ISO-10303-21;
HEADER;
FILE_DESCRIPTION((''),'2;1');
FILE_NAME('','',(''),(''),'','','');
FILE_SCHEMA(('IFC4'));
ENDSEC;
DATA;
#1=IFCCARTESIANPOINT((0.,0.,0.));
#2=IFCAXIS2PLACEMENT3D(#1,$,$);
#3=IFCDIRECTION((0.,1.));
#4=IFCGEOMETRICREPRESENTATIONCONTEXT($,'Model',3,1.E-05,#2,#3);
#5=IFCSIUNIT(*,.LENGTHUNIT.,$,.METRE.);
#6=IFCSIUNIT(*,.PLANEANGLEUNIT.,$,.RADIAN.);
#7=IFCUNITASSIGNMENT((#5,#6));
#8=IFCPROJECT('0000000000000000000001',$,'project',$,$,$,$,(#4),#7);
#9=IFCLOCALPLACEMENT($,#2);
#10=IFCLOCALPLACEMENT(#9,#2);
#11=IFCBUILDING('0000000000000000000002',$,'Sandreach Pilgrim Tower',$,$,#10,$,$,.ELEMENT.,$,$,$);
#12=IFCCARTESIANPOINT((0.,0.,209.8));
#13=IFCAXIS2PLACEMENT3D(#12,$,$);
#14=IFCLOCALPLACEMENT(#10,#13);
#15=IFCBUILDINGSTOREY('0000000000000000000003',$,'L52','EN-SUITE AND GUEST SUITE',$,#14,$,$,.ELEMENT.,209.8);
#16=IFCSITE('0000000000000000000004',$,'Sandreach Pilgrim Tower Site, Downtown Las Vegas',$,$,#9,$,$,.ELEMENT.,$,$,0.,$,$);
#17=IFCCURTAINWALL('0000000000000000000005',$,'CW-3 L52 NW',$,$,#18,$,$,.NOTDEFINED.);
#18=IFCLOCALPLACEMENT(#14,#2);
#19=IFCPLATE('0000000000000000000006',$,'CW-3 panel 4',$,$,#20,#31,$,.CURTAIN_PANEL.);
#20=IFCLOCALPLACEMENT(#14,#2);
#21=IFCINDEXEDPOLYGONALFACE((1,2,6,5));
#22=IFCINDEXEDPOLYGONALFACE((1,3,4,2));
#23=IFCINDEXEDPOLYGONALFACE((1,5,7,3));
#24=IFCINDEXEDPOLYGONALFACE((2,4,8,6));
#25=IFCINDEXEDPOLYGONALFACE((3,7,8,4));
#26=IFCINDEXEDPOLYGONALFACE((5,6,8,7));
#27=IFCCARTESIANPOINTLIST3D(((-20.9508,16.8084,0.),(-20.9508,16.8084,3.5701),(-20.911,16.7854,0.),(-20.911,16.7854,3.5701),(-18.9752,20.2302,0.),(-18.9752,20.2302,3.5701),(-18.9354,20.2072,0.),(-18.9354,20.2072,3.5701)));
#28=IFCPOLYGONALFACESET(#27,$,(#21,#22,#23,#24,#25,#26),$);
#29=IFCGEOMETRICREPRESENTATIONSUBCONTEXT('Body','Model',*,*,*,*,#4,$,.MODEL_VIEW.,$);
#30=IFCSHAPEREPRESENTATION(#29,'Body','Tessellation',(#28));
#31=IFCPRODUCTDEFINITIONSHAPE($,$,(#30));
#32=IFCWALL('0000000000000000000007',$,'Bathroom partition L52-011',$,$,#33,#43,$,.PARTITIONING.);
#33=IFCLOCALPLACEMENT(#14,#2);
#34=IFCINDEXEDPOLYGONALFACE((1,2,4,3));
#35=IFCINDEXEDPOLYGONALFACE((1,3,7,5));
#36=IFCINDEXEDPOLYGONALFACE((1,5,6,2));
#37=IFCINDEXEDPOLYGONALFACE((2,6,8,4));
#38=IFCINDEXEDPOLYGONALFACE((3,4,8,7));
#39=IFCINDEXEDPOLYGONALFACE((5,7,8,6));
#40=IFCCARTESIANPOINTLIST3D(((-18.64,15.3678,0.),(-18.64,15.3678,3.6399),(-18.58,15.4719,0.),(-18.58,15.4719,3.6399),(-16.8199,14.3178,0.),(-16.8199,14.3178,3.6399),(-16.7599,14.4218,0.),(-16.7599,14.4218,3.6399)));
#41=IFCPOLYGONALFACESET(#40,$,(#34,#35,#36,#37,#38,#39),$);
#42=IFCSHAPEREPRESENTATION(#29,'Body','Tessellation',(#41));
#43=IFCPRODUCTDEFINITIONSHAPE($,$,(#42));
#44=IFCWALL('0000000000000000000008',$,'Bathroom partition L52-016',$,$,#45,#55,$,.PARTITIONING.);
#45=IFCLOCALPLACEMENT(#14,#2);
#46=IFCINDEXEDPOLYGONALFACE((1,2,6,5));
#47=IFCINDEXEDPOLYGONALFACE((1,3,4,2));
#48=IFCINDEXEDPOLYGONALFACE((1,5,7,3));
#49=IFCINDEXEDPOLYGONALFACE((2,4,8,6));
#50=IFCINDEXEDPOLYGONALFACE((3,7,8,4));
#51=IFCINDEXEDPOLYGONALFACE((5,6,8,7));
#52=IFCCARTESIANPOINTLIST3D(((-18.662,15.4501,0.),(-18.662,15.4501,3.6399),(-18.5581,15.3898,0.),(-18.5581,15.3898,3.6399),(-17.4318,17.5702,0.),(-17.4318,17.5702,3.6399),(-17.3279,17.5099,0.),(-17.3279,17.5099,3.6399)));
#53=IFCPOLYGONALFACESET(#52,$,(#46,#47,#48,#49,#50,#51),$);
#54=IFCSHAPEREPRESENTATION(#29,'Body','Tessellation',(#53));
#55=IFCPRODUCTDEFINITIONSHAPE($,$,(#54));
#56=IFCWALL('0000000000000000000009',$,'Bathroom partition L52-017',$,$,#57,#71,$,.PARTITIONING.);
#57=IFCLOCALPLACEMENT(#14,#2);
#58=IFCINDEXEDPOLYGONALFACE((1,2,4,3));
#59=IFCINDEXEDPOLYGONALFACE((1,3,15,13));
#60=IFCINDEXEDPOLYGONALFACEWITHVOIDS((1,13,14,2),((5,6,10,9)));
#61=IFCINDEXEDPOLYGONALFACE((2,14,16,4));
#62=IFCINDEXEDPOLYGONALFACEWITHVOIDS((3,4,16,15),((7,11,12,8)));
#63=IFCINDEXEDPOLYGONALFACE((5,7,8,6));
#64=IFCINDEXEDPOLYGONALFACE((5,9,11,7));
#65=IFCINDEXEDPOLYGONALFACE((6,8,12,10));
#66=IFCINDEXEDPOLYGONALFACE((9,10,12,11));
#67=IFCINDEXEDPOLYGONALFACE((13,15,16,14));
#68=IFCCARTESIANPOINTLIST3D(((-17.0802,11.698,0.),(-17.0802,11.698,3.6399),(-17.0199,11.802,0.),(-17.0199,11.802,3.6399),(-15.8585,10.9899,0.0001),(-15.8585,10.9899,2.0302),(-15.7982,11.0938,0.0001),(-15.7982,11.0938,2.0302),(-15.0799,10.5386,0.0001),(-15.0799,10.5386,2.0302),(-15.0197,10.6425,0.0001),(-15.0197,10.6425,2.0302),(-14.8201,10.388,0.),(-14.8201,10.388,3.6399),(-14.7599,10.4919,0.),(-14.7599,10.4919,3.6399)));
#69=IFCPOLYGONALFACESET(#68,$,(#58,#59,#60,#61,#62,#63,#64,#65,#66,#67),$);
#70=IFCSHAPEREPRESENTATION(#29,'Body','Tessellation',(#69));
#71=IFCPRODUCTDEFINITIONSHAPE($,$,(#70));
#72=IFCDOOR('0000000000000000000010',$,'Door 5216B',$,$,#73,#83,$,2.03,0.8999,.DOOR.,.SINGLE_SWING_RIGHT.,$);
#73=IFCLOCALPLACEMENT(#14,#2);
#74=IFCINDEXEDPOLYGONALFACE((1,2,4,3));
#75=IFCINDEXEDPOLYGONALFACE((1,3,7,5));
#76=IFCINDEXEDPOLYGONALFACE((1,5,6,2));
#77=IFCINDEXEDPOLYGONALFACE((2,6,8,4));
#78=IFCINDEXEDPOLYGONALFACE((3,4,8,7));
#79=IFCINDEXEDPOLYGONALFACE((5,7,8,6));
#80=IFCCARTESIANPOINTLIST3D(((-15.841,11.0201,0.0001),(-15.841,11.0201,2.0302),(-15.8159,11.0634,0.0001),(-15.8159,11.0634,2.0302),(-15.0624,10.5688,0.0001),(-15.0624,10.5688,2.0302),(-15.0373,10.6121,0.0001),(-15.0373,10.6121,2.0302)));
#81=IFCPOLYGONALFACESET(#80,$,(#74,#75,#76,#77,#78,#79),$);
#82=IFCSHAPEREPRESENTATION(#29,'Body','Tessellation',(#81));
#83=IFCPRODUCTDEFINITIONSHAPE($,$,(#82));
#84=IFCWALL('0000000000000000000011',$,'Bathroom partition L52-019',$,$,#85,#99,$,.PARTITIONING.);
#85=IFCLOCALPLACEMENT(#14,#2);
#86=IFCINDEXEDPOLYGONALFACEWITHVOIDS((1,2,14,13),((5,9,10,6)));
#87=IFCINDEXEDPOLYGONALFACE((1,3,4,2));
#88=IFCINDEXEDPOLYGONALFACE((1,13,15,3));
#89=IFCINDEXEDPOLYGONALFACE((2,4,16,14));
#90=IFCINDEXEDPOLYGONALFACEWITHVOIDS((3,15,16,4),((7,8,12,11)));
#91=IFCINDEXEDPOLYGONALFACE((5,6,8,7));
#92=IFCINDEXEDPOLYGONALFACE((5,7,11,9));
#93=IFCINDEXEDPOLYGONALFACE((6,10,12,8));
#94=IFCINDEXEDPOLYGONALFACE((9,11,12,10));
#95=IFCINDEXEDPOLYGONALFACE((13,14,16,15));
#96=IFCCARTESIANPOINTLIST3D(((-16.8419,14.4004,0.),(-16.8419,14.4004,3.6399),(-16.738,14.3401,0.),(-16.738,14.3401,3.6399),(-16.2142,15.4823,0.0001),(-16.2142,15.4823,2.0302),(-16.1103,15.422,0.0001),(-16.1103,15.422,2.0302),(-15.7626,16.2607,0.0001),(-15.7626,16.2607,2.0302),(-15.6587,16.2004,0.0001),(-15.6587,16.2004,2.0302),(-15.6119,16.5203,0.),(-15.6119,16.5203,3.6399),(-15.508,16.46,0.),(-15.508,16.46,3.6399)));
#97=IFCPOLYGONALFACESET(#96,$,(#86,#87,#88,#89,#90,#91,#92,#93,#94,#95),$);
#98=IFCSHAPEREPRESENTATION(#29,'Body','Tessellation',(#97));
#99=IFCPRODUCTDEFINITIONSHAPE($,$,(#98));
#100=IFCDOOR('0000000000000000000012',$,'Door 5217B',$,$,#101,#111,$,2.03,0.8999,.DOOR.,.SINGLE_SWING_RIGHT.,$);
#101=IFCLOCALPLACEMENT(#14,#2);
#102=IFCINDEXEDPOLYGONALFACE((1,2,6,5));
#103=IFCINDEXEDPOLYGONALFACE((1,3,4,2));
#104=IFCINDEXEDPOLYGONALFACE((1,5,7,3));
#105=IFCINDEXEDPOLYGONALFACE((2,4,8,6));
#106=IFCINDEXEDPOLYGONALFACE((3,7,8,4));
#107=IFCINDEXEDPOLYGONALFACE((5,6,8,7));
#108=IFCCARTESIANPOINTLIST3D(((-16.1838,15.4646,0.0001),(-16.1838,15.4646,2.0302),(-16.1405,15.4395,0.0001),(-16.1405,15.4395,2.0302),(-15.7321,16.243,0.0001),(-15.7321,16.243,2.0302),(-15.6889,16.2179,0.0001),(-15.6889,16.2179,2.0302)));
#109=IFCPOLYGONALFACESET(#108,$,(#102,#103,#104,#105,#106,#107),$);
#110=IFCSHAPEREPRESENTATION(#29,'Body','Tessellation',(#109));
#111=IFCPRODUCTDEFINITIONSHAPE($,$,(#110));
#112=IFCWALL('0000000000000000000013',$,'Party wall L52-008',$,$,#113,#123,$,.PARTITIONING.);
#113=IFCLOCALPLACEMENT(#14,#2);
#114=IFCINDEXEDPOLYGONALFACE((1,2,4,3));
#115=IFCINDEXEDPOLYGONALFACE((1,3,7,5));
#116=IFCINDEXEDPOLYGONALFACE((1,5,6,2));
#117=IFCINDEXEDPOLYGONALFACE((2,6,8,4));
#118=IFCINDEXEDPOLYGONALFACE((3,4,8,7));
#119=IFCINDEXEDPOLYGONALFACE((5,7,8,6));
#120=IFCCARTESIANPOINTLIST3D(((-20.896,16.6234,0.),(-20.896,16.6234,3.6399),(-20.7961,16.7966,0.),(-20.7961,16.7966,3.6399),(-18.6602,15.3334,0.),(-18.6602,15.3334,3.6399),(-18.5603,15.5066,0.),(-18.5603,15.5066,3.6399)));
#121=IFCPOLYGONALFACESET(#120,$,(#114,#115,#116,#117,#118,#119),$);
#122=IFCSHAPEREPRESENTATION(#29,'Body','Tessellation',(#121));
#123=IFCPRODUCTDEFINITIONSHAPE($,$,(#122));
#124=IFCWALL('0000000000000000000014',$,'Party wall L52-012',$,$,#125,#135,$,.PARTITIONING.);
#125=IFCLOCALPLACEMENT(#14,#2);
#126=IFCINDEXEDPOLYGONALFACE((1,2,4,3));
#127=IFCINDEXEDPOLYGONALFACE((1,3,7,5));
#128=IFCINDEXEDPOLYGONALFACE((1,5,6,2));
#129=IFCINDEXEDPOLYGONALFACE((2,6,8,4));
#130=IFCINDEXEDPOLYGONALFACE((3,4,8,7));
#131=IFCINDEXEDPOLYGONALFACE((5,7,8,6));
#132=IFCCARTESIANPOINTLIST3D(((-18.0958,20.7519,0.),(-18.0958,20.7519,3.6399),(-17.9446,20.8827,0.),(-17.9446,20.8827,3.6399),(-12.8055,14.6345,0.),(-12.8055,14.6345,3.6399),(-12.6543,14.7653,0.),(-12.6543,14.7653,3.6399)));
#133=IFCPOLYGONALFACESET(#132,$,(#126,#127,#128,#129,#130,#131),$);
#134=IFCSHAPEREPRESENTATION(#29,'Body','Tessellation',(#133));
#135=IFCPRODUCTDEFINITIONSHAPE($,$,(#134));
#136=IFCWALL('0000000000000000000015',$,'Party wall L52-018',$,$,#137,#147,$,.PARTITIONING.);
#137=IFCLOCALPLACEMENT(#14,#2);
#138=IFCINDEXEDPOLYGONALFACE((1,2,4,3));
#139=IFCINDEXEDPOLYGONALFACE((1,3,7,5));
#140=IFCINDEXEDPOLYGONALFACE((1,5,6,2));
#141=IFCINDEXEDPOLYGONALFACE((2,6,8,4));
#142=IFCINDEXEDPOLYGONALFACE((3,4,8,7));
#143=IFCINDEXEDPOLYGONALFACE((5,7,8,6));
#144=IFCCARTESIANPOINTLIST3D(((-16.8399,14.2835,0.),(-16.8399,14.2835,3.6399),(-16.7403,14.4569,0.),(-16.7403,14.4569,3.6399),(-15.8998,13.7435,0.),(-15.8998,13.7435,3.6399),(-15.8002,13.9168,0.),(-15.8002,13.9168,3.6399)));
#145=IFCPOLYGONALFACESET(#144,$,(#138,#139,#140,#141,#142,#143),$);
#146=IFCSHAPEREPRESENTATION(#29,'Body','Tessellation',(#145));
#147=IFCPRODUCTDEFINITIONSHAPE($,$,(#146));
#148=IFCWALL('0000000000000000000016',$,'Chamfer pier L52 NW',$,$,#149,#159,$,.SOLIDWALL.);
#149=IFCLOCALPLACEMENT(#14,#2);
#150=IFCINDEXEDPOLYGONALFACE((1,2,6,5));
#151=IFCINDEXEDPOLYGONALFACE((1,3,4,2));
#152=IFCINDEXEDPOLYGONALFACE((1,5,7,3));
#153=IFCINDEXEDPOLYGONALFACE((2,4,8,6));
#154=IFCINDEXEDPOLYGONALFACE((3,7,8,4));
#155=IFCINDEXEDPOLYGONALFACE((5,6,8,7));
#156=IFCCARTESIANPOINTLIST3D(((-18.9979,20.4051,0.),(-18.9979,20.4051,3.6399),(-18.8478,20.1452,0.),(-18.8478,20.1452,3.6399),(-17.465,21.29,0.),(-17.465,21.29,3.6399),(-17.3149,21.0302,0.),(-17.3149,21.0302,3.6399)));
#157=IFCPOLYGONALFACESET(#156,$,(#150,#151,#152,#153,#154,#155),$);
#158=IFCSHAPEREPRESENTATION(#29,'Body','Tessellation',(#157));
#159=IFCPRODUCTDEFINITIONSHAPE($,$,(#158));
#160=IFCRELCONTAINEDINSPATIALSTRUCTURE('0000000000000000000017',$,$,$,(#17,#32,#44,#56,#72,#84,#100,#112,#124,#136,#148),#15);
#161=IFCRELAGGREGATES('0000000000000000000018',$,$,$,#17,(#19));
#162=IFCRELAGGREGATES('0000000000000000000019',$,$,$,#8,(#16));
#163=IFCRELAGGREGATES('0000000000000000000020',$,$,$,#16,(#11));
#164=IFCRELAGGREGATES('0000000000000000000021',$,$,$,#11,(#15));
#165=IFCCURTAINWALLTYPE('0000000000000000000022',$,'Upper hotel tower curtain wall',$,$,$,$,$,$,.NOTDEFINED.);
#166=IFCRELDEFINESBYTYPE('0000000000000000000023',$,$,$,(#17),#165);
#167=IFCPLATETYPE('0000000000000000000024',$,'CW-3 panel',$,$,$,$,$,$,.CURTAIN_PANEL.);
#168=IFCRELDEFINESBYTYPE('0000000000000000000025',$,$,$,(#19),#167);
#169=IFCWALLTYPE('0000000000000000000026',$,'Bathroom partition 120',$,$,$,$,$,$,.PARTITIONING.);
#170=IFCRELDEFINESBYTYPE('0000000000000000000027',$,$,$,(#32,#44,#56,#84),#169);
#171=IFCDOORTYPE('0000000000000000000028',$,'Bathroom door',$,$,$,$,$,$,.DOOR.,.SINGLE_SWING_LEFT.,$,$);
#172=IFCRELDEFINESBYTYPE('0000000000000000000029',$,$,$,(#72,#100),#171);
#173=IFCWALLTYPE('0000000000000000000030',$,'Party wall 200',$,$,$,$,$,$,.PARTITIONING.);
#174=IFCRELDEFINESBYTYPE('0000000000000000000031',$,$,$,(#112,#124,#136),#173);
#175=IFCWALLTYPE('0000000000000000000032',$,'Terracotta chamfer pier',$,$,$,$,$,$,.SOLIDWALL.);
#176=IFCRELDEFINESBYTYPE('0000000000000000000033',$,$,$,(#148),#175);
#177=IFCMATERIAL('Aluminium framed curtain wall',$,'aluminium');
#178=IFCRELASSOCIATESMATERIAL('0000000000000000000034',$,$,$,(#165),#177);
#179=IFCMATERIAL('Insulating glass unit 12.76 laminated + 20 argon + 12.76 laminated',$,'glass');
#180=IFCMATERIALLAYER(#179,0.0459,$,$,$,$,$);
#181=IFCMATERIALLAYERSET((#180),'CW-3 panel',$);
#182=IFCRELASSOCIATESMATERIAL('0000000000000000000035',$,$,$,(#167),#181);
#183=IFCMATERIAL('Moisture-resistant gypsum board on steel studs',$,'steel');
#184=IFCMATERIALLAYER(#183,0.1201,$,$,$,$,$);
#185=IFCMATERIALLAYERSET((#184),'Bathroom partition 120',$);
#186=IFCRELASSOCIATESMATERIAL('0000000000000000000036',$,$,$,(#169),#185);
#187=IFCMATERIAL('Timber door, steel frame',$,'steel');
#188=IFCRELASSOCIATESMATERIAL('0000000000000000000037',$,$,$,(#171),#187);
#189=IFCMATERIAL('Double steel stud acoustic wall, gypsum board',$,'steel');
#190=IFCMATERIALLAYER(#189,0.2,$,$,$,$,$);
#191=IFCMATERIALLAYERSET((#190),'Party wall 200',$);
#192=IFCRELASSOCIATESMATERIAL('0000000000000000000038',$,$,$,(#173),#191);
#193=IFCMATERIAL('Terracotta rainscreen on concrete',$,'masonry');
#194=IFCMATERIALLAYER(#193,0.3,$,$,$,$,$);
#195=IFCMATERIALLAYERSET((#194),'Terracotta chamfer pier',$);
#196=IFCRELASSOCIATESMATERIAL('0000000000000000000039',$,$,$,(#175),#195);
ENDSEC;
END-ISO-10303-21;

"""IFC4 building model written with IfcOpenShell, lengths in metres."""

from ifc_helpers import new_model, si_unit, direction, frame, frame_2d, origin, origin_2d, place, context, subcontext, project, spatial, rectangle, extrude, material, layer, layer_set, type_object, element, fill, aggregate, save


model = new_model("IFC4")

# Units and contexts
model_context = context("Model", 3, precision=1e-05, world=origin(), true_north=direction((0.0, 1.0)))
body_context = subcontext(model_context, "Body", "Model", "MODEL_VIEW")
ifc_project = project(units=[si_unit("LENGTHUNIT", "METRE"), si_unit("PLANEANGLEUNIT", "RADIAN")], contexts=[model_context])

# Site, building, storey
site_placement = place(None, origin())
site = spatial("IfcSite", under=ifc_project, at=site_placement, Name="Sandreach Pilgrim Tower Site, Downtown Las Vegas", CompositionType="ELEMENT", RefElevation=0.0)
building_placement = place(site_placement, origin())
building = spatial("IfcBuilding", under=site, at=building_placement, Name="Sandreach Pilgrim Tower", CompositionType="ELEMENT")
storey_placement = place(building_placement, frame((0.0, 0.0, 209.8)))
storey = spatial("IfcBuildingStorey", under=building, at=storey_placement, Name="L52", Description="EN-SUITE AND GUEST SUITE", CompositionType="ELEMENT", Elevation=209.8)

# Shared definitions
ifc_material_1 = material(Name="Aluminium framed curtain wall", Category="aluminium")
curtain_wall_type = type_object("IfcCurtainWallType", Name="Upper hotel tower curtain wall", PredefinedType="NOTDEFINED", material=ifc_material_1)

# Curtain wall
curtain_wall_1_placement = place(storey_placement, origin())
curtain_wall_1 = element("IfcCurtainWall", 1, at=curtain_wall_1_placement, inside=storey, type_object=curtain_wall_type, Name="CW-3 L52 NW", PredefinedType="NOTDEFINED")

# Plate
ifc_material_2 = material(Name="Insulating glass unit 12.76 laminated + 20 argon + 12.76 laminated", Category="glass")
ifc_layer_1 = layer(ifc_material_2, 0.0459)
ifc_layer_set_1 = layer_set([ifc_layer_1], Name="CW-3 panel")
plate_type = type_object("IfcPlateType", Name="CW-3 panel", PredefinedType="CURTAIN_PANEL", material=ifc_layer_set_1)
plate_1_placement = place(storey_placement, frame((-19.9431, 18.5078, 0.0), z_axis=(0.0, 0.0, 1.0), x_axis=(0.5, 0.866025, 0.0)))
plate_1 = element("IfcPlate", 2, at=plate_1_placement, type_object=plate_type, Name="CW-3 panel 4", PredefinedType="CURTAIN_PANEL", context=body_context, shape_type="SweptSolid", body=[
    extrude(rectangle(XDim=3.9512, YDim=0.0459, at=origin_2d()), origin(), (0.0, 0.0, 1.0), 3.5701),
])
aggregate(curtain_wall_1, [plate_1])

# Walls
ifc_material_3 = material(Name="Moisture-resistant gypsum board on steel studs", Category="steel")
ifc_layer_2 = layer(ifc_material_3, 0.1201)
ifc_layer_set_2 = layer_set([ifc_layer_2], Name="Bathroom partition 120")
wall_type_1 = type_object("IfcWallType", Name="Bathroom partition 120", PredefinedType="PARTITIONING", material=ifc_layer_set_2)
wall_1_placement = place(storey_placement, frame((-18.6101, 15.4199, 0.0), z_axis=(0.0, 0.0, 1.0), x_axis=(0.866184, -0.499726, 0.0)))
element("IfcWall", 3, at=wall_1_placement, inside=storey, type_object=wall_type_1, Name="Bathroom partition L52-011", PredefinedType="PARTITIONING", context=body_context, shape_type="SweptSolid", body=[
    extrude(rectangle(XDim=2.1013, YDim=0.1201, at=frame_2d((1.0508, 0.0))), origin(), (0.0, 0.0, 1.0), 3.6399),
])
wall_2_placement = place(storey_placement, frame((-17.3799, 17.54, 0.0), z_axis=(0.0, 0.0, 1.0), x_axis=(-0.501888, -0.864933, 0.0)))
element("IfcWall", 4, at=wall_2_placement, inside=storey, type_object=wall_type_1, Name="Bathroom partition L52-016", PredefinedType="PARTITIONING", context=body_context, shape_type="SweptSolid", body=[
    extrude(rectangle(XDim=2.4512, YDim=0.1201, at=frame_2d((1.2256, 0.0))), origin(), (0.0, 0.0, 1.0), 3.6399),
])

# Walls, openings, doors
wall_3_placement = place(storey_placement, frame((-17.05, 11.75, 0.0), z_axis=(0.0, 0.0, 1.0), x_axis=(0.865155, -0.501504, 0.0)))
wall_3 = element("IfcWall", 5, at=wall_3_placement, inside=storey, type_object=wall_type_1, Name="Bathroom partition L52-017", PredefinedType="PARTITIONING", context=body_context, shape_type="SweptSolid", body=[
    extrude(rectangle(XDim=2.6123, YDim=0.1201, at=frame_2d((1.3062, 0.0))), origin(), (0.0, 0.0, 1.0), 3.6399),
])
opening_1_placement = place(wall_3_placement, frame((1.4121, 0.0, 0.0)))
opening_1 = element("IfcOpeningElement", 6, at=opening_1_placement, cuts=wall_3, PredefinedType="OPENING", context=body_context, shape_type="SweptSolid", body=[
    extrude(rectangle(XDim=0.8999, YDim=2.03, at=frame_2d((0.45, 1.0151))), frame((0.0, 0.0601, 0.0), z_axis=(0.0, -1.0, 0.0), x_axis=(1.0, 0.0, 0.0)), (0.0, 0.0, 1.0), 0.1201),
])
ifc_material_4 = material(Name="Timber door, steel frame", Category="steel")
door_type = type_object("IfcDoorType", Name="Bathroom door", OperationType="SINGLE_SWING_LEFT", PredefinedType="DOOR", material=ifc_material_4)
door_1_placement = place(opening_1_placement, origin())
door_1 = element("IfcDoor", 7, at=door_1_placement, inside=storey, type_object=door_type, Name="Door 5216B", OperationType="SINGLE_SWING_RIGHT", OverallHeight=2.03, OverallWidth=0.8999, PredefinedType="DOOR", context=body_context, shape_type="SweptSolid", body=[
    extrude(rectangle(XDim=0.8999, YDim=2.03, at=frame_2d((0.45, 1.0151))), frame((0.0, 0.0249, 0.0), z_axis=(0.0, -1.0, 0.0), x_axis=(1.0, 0.0, 0.0)), (0.0, 0.0, 1.0), 0.05),
])
fill(opening_1, door_1)
wall_4_placement = place(storey_placement, frame((-16.79, 14.3701, 0.0), z_axis=(0.0, 0.0, 1.0), x_axis=(0.501857, 0.864951, 0.0)))
wall_4 = element("IfcWall", 8, at=wall_4_placement, inside=storey, type_object=wall_type_1, Name="Bathroom partition L52-019", PredefinedType="PARTITIONING", context=body_context, shape_type="SweptSolid", body=[
    extrude(rectangle(XDim=2.4509, YDim=0.1201, at=frame_2d((1.2256, 0.0))), origin(), (0.0, 0.0, 1.0), 3.6399),
])
opening_2_placement = place(wall_4_placement, frame((1.251, 0.0, 0.0)))
opening_2 = element("IfcOpeningElement", 9, at=opening_2_placement, cuts=wall_4, PredefinedType="OPENING", context=body_context, shape_type="SweptSolid", body=[
    extrude(rectangle(XDim=0.8999, YDim=2.03, at=frame_2d((0.45, 1.0151))), frame((0.0, 0.0601, 0.0), z_axis=(0.0, -1.0, 0.0), x_axis=(1.0, 0.0, 0.0)), (0.0, 0.0, 1.0), 0.1201),
])
door_2_placement = place(opening_2_placement, origin())
door_2 = element("IfcDoor", 10, at=door_2_placement, inside=storey, type_object=door_type, Name="Door 5217B", OperationType="SINGLE_SWING_RIGHT", OverallHeight=2.03, OverallWidth=0.8999, PredefinedType="DOOR", context=body_context, shape_type="SweptSolid", body=[
    extrude(rectangle(XDim=0.8999, YDim=2.03, at=frame_2d((0.45, 1.0151))), frame((0.0, 0.0249, 0.0), z_axis=(0.0, -1.0, 0.0), x_axis=(1.0, 0.0, 0.0)), (0.0, 0.0, 1.0), 0.05),
])
fill(opening_2, door_2)

# Walls
ifc_material_5 = material(Name="Double steel stud acoustic wall, gypsum board", Category="steel")
ifc_layer_3 = layer(ifc_material_5, 0.2)
ifc_layer_set_3 = layer_set([ifc_layer_3], Name="Party wall 200")
wall_type_2 = type_object("IfcWallType", Name="Party wall 200", PredefinedType="PARTITIONING", material=ifc_layer_set_3)
wall_5_placement = place(storey_placement, frame((-20.8459, 16.71, 0.0), z_axis=(0.0, 0.0, 1.0), x_axis=(0.866164, -0.499761, 0.0)))
element("IfcWall", 11, at=wall_5_placement, inside=storey, type_object=wall_type_2, Name="Party wall L52-008", PredefinedType="PARTITIONING", context=body_context, shape_type="SweptSolid", body=[
    extrude(rectangle(XDim=2.5813, YDim=0.2, at=frame_2d((1.2905, 0.0))), origin(), (0.0, 0.0, 1.0), 3.6399),
])
wall_6_placement = place(storey_placement, frame((-18.0203, 20.8174, 0.0), z_axis=(0.0, 0.0, 1.0), x_axis=(0.654119, -0.756392, 0.0)))
element("IfcWall", 12, at=wall_6_placement, inside=storey, type_object=wall_type_2, Name="Party wall L52-012", PredefinedType="PARTITIONING", context=body_context, shape_type="SweptSolid", body=[
    extrude(rectangle(XDim=8.0876, YDim=0.2, at=frame_2d((4.0439, 0.0))), origin(), (0.0, 0.0, 1.0), 3.6399),
])
wall_7_placement = place(storey_placement, frame((-16.79, 14.3701, 0.0), z_axis=(0.0, 0.0, 1.0), x_axis=(0.867132, -0.498078, 0.0)))
element("IfcWall", 13, at=wall_7_placement, inside=storey, type_object=wall_type_2, Name="Party wall L52-018", PredefinedType="PARTITIONING", context=body_context, shape_type="SweptSolid", body=[
    extrude(rectangle(XDim=1.0842, YDim=0.2, at=frame_2d((0.542, 0.0))), origin(), (0.0, 0.0, 1.0), 3.6399),
])
ifc_material_6 = material(Name="Terracotta rainscreen on concrete", Category="masonry")
ifc_layer_4 = layer(ifc_material_6, 0.3)
ifc_layer_set_4 = layer_set([ifc_layer_4], Name="Terracotta chamfer pier")
wall_type_3 = type_object("IfcWallType", Name="Terracotta chamfer pier", PredefinedType="SOLIDWALL", material=ifc_layer_set_4)
wall_8_placement = place(storey_placement, frame((-18.9229, 20.2751, 0.0), z_axis=(0.0, 0.0, 1.0), x_axis=(0.866036, 0.499981, 0.0)))
element("IfcWall", 14, at=wall_8_placement, inside=storey, type_object=wall_type_3, Name="Chamfer pier L52 NW", PredefinedType="SOLIDWALL", context=body_context, shape_type="SweptSolid", body=[
    extrude(rectangle(XDim=1.77, YDim=0.3, at=frame_2d((0.885, 0.0))), origin(), (0.0, 0.0, 1.0), 3.6399),
])

save(model, "model.ifc")
